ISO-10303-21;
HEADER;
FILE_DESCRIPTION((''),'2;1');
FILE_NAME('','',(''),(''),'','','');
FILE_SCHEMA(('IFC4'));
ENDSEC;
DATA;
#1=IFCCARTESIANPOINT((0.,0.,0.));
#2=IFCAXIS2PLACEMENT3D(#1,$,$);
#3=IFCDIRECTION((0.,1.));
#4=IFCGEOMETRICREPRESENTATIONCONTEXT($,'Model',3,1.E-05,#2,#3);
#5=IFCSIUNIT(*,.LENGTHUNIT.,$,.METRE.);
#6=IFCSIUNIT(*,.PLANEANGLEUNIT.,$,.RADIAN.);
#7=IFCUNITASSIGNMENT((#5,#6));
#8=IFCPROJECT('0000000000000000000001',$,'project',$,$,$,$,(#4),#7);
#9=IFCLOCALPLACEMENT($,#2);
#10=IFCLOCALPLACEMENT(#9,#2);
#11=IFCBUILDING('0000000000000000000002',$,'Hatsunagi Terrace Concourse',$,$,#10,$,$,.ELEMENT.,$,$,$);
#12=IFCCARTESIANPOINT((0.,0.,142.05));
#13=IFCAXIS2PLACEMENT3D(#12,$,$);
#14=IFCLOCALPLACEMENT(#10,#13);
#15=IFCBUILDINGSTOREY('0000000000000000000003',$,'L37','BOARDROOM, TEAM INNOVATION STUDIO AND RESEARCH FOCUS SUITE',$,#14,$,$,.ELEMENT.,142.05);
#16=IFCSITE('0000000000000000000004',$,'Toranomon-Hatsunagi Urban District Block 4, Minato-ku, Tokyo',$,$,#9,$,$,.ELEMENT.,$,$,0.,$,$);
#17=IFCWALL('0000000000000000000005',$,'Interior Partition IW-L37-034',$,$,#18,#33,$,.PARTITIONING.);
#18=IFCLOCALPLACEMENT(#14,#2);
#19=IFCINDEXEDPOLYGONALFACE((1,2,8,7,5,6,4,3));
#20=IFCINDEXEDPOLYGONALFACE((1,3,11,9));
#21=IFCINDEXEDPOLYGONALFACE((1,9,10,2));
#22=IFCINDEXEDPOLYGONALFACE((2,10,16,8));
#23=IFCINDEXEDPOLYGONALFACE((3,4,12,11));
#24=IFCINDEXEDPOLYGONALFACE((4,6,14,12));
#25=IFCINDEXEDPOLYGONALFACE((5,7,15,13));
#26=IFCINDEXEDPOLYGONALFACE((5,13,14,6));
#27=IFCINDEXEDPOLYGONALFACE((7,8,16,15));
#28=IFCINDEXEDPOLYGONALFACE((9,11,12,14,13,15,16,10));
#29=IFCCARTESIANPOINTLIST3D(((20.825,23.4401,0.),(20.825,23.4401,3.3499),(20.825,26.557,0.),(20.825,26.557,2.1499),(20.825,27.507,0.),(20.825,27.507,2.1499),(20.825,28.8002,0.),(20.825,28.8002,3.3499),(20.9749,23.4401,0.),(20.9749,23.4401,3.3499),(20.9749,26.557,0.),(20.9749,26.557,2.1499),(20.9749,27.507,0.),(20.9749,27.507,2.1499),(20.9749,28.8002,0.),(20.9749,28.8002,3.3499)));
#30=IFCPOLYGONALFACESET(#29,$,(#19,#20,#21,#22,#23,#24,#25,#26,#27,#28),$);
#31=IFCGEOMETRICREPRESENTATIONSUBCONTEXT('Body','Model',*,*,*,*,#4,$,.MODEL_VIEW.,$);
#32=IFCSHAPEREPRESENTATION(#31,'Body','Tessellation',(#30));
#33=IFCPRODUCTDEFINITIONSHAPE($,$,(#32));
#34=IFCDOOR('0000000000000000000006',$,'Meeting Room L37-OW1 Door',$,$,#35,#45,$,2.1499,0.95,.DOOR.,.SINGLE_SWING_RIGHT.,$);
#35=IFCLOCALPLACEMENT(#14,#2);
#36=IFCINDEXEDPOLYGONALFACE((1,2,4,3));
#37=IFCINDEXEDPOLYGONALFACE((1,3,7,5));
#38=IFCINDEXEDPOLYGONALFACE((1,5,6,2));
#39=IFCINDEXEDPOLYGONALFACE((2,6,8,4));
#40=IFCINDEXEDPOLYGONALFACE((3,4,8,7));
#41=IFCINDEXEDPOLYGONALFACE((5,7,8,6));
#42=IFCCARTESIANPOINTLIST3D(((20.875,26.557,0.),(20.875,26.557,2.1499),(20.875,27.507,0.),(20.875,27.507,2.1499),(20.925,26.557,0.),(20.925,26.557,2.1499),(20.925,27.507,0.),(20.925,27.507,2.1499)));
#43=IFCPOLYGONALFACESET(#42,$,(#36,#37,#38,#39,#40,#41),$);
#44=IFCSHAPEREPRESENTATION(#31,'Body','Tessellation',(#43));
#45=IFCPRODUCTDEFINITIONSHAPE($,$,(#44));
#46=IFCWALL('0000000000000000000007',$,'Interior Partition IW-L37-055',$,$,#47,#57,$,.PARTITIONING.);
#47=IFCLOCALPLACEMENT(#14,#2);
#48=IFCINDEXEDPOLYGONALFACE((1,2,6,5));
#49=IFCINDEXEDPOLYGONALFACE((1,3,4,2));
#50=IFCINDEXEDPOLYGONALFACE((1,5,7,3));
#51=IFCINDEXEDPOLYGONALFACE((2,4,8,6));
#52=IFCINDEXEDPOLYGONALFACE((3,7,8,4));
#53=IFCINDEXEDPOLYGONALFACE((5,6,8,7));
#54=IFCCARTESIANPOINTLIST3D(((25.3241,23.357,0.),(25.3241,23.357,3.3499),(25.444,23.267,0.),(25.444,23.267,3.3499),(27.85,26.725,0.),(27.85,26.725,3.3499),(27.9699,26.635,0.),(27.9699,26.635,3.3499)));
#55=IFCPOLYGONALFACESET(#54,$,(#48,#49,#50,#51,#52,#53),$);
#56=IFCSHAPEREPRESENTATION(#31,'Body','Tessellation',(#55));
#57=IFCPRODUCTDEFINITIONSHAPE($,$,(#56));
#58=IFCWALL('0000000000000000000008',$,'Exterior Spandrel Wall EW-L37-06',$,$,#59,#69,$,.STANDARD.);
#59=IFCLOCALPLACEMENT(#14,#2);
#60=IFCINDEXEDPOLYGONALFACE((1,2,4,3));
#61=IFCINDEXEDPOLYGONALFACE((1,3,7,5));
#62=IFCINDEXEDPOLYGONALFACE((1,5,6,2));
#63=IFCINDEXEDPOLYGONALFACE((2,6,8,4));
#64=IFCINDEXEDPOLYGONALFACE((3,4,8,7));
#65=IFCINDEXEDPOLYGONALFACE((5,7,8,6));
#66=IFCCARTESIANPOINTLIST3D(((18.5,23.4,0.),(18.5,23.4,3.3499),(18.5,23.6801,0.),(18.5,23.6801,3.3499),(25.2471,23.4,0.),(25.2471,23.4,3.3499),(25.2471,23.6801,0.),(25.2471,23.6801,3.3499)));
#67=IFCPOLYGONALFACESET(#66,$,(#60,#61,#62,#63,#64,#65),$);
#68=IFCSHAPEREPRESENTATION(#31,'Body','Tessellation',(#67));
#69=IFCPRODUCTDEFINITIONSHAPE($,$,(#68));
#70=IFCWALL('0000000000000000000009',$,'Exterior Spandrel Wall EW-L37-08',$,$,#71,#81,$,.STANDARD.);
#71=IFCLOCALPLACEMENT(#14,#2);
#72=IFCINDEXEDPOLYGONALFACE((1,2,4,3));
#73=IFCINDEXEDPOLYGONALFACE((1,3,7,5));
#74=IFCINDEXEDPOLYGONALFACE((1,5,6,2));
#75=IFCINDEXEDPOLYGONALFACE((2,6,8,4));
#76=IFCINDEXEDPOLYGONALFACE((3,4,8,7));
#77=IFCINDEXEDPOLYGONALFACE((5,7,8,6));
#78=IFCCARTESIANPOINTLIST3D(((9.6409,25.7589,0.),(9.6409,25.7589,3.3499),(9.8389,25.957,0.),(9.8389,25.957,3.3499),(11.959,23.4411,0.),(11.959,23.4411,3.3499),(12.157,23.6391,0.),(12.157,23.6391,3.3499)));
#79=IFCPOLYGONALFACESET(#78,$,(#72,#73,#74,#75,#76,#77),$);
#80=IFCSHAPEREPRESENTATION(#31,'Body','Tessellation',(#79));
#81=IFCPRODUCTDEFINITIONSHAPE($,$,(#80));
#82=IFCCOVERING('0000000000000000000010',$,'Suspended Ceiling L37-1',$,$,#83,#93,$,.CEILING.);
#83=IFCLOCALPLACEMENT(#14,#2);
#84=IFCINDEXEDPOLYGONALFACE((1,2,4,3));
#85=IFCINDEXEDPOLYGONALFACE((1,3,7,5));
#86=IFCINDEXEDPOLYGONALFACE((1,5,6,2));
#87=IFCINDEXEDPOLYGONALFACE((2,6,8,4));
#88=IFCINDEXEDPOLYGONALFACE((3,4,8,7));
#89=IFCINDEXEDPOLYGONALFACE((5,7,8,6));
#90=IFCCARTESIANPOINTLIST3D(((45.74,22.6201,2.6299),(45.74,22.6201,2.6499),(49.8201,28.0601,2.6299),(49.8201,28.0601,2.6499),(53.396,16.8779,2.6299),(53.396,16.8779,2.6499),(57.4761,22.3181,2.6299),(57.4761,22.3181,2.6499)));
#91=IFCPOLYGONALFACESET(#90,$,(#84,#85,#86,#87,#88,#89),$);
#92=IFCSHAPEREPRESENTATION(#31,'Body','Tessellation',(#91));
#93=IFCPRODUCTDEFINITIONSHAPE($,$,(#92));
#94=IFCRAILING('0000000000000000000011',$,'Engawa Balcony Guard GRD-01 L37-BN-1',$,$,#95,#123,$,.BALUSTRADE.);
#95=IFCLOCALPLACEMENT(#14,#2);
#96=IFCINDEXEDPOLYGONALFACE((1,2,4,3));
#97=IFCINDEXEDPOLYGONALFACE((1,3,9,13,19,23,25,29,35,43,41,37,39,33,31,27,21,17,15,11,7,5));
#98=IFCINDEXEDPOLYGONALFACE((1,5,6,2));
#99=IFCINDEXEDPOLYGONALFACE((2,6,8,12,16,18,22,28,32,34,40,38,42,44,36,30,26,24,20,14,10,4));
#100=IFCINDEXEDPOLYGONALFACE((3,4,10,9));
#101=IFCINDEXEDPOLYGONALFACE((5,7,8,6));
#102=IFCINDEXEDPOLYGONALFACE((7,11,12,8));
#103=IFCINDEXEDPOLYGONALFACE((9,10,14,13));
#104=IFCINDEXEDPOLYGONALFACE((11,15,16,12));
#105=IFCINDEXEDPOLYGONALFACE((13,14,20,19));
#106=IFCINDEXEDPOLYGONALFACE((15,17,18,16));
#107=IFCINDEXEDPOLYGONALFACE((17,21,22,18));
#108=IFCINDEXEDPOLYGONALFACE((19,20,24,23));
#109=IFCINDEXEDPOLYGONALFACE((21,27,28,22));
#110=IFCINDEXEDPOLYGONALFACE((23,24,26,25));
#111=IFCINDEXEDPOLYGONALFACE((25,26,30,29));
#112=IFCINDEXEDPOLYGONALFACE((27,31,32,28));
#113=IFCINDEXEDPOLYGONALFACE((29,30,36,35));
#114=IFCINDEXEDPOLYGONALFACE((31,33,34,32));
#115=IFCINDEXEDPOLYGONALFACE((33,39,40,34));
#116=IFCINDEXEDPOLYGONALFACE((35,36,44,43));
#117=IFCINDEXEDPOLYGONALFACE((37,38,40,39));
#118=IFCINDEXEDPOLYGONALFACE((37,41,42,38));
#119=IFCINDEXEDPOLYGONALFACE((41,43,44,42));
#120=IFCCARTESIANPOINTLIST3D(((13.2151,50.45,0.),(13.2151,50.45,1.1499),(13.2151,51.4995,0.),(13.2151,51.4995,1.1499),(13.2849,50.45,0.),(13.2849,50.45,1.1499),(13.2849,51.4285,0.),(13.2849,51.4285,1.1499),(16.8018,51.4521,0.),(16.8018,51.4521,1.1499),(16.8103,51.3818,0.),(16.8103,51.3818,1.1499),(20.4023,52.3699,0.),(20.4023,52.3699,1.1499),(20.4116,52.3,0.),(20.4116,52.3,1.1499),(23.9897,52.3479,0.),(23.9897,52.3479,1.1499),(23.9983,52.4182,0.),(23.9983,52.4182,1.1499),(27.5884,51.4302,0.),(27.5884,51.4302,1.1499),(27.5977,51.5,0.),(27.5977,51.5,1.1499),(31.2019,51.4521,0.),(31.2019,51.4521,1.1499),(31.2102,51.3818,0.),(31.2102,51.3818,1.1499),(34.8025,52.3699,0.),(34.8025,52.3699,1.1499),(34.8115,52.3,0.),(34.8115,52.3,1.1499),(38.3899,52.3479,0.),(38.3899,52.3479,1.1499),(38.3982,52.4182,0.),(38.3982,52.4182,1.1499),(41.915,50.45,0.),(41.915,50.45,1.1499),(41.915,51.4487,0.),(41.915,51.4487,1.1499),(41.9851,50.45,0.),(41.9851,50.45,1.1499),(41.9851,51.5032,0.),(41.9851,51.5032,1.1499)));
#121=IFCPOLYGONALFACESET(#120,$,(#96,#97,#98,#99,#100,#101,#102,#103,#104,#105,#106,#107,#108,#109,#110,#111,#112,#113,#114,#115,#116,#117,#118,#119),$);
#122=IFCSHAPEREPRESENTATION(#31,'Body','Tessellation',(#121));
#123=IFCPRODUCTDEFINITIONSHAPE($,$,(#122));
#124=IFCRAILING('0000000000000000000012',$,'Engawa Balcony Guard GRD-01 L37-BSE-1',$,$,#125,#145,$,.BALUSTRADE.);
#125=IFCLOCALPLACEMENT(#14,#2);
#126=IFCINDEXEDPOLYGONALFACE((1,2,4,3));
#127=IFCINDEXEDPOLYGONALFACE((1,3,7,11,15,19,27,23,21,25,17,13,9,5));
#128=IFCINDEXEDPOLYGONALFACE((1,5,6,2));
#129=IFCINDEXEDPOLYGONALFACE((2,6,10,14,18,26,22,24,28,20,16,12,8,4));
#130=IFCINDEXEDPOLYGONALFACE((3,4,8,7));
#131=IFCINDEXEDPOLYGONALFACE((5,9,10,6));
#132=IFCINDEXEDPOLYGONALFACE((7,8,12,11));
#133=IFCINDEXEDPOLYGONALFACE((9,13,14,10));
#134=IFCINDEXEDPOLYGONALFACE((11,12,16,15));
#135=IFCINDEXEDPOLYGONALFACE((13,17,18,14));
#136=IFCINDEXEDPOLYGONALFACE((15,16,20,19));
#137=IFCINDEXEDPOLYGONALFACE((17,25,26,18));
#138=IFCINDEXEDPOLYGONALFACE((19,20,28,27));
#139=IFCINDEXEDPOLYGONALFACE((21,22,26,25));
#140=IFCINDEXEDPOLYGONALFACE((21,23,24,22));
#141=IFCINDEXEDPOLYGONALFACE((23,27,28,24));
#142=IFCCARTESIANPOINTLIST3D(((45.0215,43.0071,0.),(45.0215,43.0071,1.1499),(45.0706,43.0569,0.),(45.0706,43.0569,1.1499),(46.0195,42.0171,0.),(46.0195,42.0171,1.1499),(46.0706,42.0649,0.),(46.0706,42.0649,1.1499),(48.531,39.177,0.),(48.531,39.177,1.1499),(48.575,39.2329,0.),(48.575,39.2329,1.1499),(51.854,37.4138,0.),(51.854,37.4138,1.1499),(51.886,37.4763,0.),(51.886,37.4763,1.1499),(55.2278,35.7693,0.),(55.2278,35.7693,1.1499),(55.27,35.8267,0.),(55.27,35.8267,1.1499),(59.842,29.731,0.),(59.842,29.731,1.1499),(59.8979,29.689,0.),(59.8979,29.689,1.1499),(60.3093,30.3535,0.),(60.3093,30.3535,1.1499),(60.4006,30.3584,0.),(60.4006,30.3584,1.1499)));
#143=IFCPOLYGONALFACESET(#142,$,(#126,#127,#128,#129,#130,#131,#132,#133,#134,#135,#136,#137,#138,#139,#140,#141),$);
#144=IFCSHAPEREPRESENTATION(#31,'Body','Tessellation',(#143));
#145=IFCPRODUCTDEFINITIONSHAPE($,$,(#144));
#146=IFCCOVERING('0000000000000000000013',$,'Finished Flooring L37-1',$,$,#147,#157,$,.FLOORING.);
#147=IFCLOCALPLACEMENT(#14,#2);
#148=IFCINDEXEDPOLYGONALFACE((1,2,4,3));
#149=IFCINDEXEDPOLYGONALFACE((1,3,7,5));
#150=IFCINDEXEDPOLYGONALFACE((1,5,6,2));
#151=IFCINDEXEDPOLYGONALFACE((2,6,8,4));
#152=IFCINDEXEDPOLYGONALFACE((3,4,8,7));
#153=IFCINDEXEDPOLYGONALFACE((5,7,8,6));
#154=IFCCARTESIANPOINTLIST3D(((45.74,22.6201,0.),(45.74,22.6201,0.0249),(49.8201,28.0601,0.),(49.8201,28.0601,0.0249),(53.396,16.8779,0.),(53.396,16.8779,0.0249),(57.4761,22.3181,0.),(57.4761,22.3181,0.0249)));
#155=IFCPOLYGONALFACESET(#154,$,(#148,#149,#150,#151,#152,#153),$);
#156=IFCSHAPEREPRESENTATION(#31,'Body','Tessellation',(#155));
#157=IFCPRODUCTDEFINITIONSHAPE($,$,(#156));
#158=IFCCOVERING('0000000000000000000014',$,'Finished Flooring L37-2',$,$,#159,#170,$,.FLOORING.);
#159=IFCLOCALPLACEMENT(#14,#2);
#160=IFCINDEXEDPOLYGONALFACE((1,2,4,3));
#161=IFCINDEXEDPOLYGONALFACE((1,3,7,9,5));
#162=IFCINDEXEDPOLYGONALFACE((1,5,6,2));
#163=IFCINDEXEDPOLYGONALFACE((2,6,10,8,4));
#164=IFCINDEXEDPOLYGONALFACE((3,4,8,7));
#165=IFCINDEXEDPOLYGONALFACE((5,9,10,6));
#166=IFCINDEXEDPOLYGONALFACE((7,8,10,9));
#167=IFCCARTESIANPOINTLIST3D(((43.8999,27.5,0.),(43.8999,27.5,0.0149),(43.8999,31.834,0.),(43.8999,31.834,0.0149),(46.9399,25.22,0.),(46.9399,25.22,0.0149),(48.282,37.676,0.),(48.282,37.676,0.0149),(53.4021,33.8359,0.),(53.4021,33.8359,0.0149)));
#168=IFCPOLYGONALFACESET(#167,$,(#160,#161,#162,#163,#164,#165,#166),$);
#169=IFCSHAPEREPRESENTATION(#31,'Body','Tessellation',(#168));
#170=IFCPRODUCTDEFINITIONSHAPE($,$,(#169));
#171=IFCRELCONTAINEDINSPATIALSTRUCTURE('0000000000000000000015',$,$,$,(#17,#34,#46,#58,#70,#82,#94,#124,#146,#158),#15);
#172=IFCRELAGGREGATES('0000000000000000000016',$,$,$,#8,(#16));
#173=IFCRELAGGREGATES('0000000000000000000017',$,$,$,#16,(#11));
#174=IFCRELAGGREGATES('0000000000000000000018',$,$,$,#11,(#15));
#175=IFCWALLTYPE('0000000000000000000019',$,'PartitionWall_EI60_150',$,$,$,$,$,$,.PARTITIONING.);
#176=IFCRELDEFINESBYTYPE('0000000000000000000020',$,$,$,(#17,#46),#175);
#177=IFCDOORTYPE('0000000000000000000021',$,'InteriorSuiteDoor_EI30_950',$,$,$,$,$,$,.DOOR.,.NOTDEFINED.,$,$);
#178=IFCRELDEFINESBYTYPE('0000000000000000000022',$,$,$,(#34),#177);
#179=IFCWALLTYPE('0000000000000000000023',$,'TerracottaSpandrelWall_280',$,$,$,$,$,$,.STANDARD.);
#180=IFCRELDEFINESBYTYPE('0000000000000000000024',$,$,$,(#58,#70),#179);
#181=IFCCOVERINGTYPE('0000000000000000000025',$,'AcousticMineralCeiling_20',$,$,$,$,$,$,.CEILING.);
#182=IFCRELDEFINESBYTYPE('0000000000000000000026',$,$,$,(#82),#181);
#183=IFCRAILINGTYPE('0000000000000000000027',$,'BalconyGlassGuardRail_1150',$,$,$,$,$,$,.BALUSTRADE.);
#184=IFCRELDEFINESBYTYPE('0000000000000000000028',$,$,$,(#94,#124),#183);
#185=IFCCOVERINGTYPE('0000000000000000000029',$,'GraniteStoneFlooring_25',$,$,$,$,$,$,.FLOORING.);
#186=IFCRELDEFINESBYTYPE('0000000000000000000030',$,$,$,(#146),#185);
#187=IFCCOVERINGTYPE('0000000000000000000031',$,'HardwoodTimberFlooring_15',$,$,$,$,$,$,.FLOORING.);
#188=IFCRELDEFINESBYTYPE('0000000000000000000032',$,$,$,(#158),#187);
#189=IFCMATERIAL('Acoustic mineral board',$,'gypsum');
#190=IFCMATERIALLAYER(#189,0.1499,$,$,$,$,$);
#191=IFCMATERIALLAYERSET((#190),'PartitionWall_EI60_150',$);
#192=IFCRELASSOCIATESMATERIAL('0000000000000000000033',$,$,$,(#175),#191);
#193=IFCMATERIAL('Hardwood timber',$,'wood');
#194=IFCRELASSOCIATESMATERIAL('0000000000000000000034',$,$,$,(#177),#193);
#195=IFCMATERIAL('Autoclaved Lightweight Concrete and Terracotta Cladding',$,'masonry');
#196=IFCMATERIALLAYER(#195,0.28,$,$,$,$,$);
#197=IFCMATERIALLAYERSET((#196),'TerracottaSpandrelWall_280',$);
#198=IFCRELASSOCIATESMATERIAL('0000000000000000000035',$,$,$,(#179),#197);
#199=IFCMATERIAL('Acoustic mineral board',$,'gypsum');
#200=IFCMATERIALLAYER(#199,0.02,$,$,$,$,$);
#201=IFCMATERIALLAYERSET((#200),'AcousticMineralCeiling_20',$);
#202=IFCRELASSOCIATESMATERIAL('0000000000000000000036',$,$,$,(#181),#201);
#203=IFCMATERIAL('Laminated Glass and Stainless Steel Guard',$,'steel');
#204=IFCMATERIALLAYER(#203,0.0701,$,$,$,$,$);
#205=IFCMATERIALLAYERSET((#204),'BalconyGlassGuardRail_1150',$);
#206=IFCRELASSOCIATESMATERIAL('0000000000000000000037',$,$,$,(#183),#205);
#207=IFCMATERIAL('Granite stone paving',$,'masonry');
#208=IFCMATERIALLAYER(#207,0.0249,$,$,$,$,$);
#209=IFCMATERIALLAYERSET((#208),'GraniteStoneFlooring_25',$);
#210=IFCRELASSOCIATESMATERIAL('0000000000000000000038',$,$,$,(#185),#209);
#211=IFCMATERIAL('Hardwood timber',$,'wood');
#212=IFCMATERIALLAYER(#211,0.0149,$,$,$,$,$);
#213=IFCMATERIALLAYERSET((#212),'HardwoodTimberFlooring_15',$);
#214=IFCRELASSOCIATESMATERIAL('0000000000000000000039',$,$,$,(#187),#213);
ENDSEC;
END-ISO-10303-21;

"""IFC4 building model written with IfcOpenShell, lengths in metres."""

from ifc_helpers import new_model, si_unit, direction, frame, frame_2d, origin, place, context, subcontext, project, spatial, polyline, rectangle, outline, extrude, material, layer, layer_set, type_object, element, fill, save


model = new_model("IFC4")

# Units and contexts
model_context = context("Model", 3, precision=1e-05, world=origin(), true_north=direction((0.0, 1.0)))
body_context = subcontext(model_context, "Body", "Model", "MODEL_VIEW")
ifc_project = project(units=[si_unit("LENGTHUNIT", "METRE"), si_unit("PLANEANGLEUNIT", "RADIAN")], contexts=[model_context])

# Site, building, storey
site_placement = place(None, origin())
site = spatial("IfcSite", under=ifc_project, at=site_placement, Name="Toranomon-Hatsunagi Urban District Block 4, Minato-ku, Tokyo", CompositionType="ELEMENT", RefElevation=0.0)
building_placement = place(site_placement, origin())
building = spatial("IfcBuilding", under=site, at=building_placement, Name="Hatsunagi Terrace Concourse", CompositionType="ELEMENT")
storey_placement = place(building_placement, frame((0.0, 0.0, 142.05)))
storey = spatial("IfcBuildingStorey", under=building, at=storey_placement, Name="L37", Description="BOARDROOM, TEAM INNOVATION STUDIO AND RESEARCH FOCUS SUITE", CompositionType="ELEMENT", Elevation=142.05)

# Shared definitions
ifc_material_1 = material(Name="Acoustic mineral board", Category="gypsum")
ifc_layer_1 = layer(ifc_material_1, 0.1499)
ifc_layer_set_1 = layer_set([ifc_layer_1], Name="PartitionWall_EI60_150")
wall_type_1 = type_object("IfcWallType", Name="PartitionWall_EI60_150", PredefinedType="PARTITIONING", material=ifc_layer_set_1)

# Wall, opening, door
wall_1_placement = place(storey_placement, frame((20.8999, 23.4399, 0.0), z_axis=(0.0, 0.0, 1.0), x_axis=(0.0, 1.0, 0.0)))
wall_1 = element("IfcWall", 1, at=wall_1_placement, inside=storey, type_object=wall_type_1, Name="Interior Partition IW-L37-034", PredefinedType="PARTITIONING", context=body_context, shape_type="SweptSolid", body=[
    extrude(rectangle(XDim=5.3601, YDim=0.1499, at=frame_2d((2.6802, 0.0))), origin(), (0.0, 0.0, 1.0), 3.3499),
])
opening_placement = place(wall_1_placement, frame((3.1169, 0.0, 0.0)))
opening = element("IfcOpeningElement", 2, at=opening_placement, cuts=wall_1, PredefinedType="OPENING", context=body_context, shape_type="SweptSolid", body=[
    extrude(rectangle(XDim=0.95, YDim=2.1499, at=frame_2d((0.4751, 1.075))), frame((0.0, 0.085, 0.0), z_axis=(0.0, -1.0, 0.0), x_axis=(1.0, 0.0, 0.0)), (0.0, 0.0, 1.0), 0.1699),
])
ifc_material_2 = material(Name="Hardwood timber", Category="wood")
door_type = type_object("IfcDoorType", Name="InteriorSuiteDoor_EI30_950", OperationType="NOTDEFINED", PredefinedType="DOOR", material=ifc_material_2)
door_placement = place(opening_placement, origin())
door = element("IfcDoor", 3, at=door_placement, inside=storey, type_object=door_type, Name="Meeting Room L37-OW1 Door", OperationType="SINGLE_SWING_RIGHT", OverallHeight=2.1499, OverallWidth=0.95, PredefinedType="DOOR", context=body_context, shape_type="SweptSolid", body=[
    extrude(rectangle(XDim=0.95, YDim=2.1499, at=frame_2d((0.4751, 1.075))), frame((0.0, 0.0249, 0.0), z_axis=(0.0, -1.0, 0.0), x_axis=(1.0, 0.0, 0.0)), (0.0, 0.0, 1.0), 0.05),
])
fill(opening, door)

# Walls
wall_2_placement = place(storey_placement, frame((25.384, 23.312, 0.0), z_axis=(0.0, 0.0, 1.0), x_axis=(0.599991, 0.800007, 0.0)))
element("IfcWall", 4, at=wall_2_placement, inside=storey, type_object=wall_type_1, Name="Interior Partition IW-L37-055", PredefinedType="PARTITIONING", context=body_context, shape_type="SweptSolid", body=[
    extrude(rectangle(XDim=4.21, YDim=0.1499, at=frame_2d((2.105, 0.0))), origin(), (0.0, 0.0, 1.0), 3.3499),
])
ifc_material_3 = material(Name="Autoclaved Lightweight Concrete and Terracotta Cladding", Category="masonry")
ifc_layer_2 = layer(ifc_material_3, 0.28)
ifc_layer_set_2 = layer_set([ifc_layer_2], Name="TerracottaSpandrelWall_280")
wall_type_2 = type_object("IfcWallType", Name="TerracottaSpandrelWall_280", PredefinedType="STANDARD", material=ifc_layer_set_2)
wall_3_placement = place(storey_placement, frame((25.2471, 23.54, 0.0), z_axis=(0.0, 0.0, 1.0), x_axis=(-1.0, 0.0, 0.0)))
element("IfcWall", 5, at=wall_3_placement, inside=storey, type_object=wall_type_2, Name="Exterior Spandrel Wall EW-L37-06", PredefinedType="STANDARD", context=body_context, shape_type="SweptSolid", body=[
    extrude(rectangle(XDim=6.7471, YDim=0.28, at=frame_2d((3.3735, 0.0))), origin(), (0.0, 0.0, 1.0), 3.3499),
])
wall_4_placement = place(storey_placement, frame((12.0581, 23.54, 0.0), z_axis=(0.0, 0.0, 1.0), x_axis=(-0.707144, 0.70707, 0.0)))
element("IfcWall", 6, at=wall_4_placement, inside=storey, type_object=wall_type_2, Name="Exterior Spandrel Wall EW-L37-08", PredefinedType="STANDARD", context=body_context, shape_type="SweptSolid", body=[
    extrude(rectangle(XDim=3.2781, YDim=0.28, at=frame_2d((1.6392, 0.0))), origin(), (0.0, 0.0, 1.0), 3.3499),
])

# Covering
ifc_material_4 = material(Name="Acoustic mineral board", Category="gypsum")
ifc_layer_3 = layer(ifc_material_4, 0.02)
ifc_layer_set_3 = layer_set([ifc_layer_3], Name="AcousticMineralCeiling_20")
covering_type_1 = type_object("IfcCoveringType", Name="AcousticMineralCeiling_20", PredefinedType="CEILING", material=ifc_layer_set_3)
covering_1_placement = place(storey_placement, frame((0.0, 0.0, 2.6299)))
element("IfcCovering", 7, at=covering_1_placement, inside=storey, type_object=covering_type_1, Name="Suspended Ceiling L37-1", PredefinedType="CEILING", context=body_context, shape_type="SweptSolid", body=[
    extrude(outline(polyline([(57.4761, 22.3181), (49.8201, 28.0601), (45.74, 22.6201), (53.396, 16.8779), (57.4761, 22.3181)])), origin(), (0.0, 0.0, 1.0), 0.02),
])

# Railings
ifc_material_5 = material(Name="Laminated Glass and Stainless Steel Guard", Category="steel")
ifc_layer_4 = layer(ifc_material_5, 0.0701)
ifc_layer_set_4 = layer_set([ifc_layer_4], Name="BalconyGlassGuardRail_1150")
railing_type = type_object("IfcRailingType", Name="BalconyGlassGuardRail_1150", PredefinedType="BALUSTRADE", material=ifc_layer_set_4)
railing_1_placement = place(storey_placement, origin())
element("IfcRailing", 8, at=railing_1_placement, inside=storey, type_object=railing_type, Name="Engawa Balcony Guard GRD-01 L37-BN-1", PredefinedType="BALUSTRADE", context=body_context, shape_type="SweptSolid", body=[
    extrude(outline(polyline([(13.2151, 50.45), (13.2849, 50.45), (13.2849, 51.4285), (16.8103, 51.3818), (20.4116, 52.3), (23.9897, 52.3479), (27.5884, 51.4302), (31.2102, 51.3818), (34.8115, 52.3), (38.3899, 52.3479), (41.915, 51.4487), (41.915, 50.45), (41.9851, 50.45), (41.9851, 51.5032), (38.3982, 52.4182), (34.8025, 52.3699), (31.2019, 51.4521), (27.5977, 51.5), (23.9983, 52.4182), (20.4023, 52.3699), (16.8018, 51.4521), (13.2151, 51.4995), (13.2151, 50.45)])), origin(), (0.0, 0.0, 1.0), 1.1499),
])
railing_2_placement = place(storey_placement, origin())
element("IfcRailing", 9, at=railing_2_placement, inside=storey, type_object=railing_type, Name="Engawa Balcony Guard GRD-01 L37-BSE-1", PredefinedType="BALUSTRADE", context=body_context, shape_type="SweptSolid", body=[
    extrude(outline(polyline([(45.0706, 43.0569), (45.0215, 43.0071), (46.0195, 42.0171), (48.531, 39.177), (51.854, 37.4138), (55.2278, 35.7693), (60.3093, 30.3535), (59.842, 29.731), (59.8979, 29.689), (60.4006, 30.3584), (55.27, 35.8267), (51.886, 37.4763), (48.575, 39.2329), (46.0706, 42.0649), (45.0706, 43.0569)])), origin(), (0.0, 0.0, 1.0), 1.1499),
])

# Coverings
ifc_material_6 = material(Name="Granite stone paving", Category="masonry")
ifc_layer_5 = layer(ifc_material_6, 0.0249)
ifc_layer_set_5 = layer_set([ifc_layer_5], Name="GraniteStoneFlooring_25")
covering_type_2 = type_object("IfcCoveringType", Name="GraniteStoneFlooring_25", PredefinedType="FLOORING", material=ifc_layer_set_5)
covering_2_placement = place(storey_placement, origin())
element("IfcCovering", 10, at=covering_2_placement, inside=storey, type_object=covering_type_2, Name="Finished Flooring L37-1", PredefinedType="FLOORING", context=body_context, shape_type="SweptSolid", body=[
    extrude(outline(polyline([(57.4761, 22.3181), (49.8201, 28.0601), (45.74, 22.6201), (53.396, 16.8779), (57.4761, 22.3181)])), origin(), (0.0, 0.0, 1.0), 0.0249),
])
ifc_material_7 = material(Name="Hardwood timber", Category="wood")
ifc_layer_6 = layer(ifc_material_7, 0.0149)
ifc_layer_set_6 = layer_set([ifc_layer_6], Name="HardwoodTimberFlooring_15")
covering_type_3 = type_object("IfcCoveringType", Name="HardwoodTimberFlooring_15", PredefinedType="FLOORING", material=ifc_layer_set_6)
covering_3_placement = place(storey_placement, origin())
element("IfcCovering", 11, at=covering_3_placement, inside=storey, type_object=covering_type_3, Name="Finished Flooring L37-2", PredefinedType="FLOORING", context=body_context, shape_type="SweptSolid", body=[
    extrude(outline(polyline([(48.282, 37.676), (43.8999, 31.834), (43.8999, 27.5), (46.9399, 25.22), (53.4021, 33.8359), (48.282, 37.676)])), origin(), (0.0, 0.0, 1.0), 0.0149),
])

save(model, "model.ifc")
